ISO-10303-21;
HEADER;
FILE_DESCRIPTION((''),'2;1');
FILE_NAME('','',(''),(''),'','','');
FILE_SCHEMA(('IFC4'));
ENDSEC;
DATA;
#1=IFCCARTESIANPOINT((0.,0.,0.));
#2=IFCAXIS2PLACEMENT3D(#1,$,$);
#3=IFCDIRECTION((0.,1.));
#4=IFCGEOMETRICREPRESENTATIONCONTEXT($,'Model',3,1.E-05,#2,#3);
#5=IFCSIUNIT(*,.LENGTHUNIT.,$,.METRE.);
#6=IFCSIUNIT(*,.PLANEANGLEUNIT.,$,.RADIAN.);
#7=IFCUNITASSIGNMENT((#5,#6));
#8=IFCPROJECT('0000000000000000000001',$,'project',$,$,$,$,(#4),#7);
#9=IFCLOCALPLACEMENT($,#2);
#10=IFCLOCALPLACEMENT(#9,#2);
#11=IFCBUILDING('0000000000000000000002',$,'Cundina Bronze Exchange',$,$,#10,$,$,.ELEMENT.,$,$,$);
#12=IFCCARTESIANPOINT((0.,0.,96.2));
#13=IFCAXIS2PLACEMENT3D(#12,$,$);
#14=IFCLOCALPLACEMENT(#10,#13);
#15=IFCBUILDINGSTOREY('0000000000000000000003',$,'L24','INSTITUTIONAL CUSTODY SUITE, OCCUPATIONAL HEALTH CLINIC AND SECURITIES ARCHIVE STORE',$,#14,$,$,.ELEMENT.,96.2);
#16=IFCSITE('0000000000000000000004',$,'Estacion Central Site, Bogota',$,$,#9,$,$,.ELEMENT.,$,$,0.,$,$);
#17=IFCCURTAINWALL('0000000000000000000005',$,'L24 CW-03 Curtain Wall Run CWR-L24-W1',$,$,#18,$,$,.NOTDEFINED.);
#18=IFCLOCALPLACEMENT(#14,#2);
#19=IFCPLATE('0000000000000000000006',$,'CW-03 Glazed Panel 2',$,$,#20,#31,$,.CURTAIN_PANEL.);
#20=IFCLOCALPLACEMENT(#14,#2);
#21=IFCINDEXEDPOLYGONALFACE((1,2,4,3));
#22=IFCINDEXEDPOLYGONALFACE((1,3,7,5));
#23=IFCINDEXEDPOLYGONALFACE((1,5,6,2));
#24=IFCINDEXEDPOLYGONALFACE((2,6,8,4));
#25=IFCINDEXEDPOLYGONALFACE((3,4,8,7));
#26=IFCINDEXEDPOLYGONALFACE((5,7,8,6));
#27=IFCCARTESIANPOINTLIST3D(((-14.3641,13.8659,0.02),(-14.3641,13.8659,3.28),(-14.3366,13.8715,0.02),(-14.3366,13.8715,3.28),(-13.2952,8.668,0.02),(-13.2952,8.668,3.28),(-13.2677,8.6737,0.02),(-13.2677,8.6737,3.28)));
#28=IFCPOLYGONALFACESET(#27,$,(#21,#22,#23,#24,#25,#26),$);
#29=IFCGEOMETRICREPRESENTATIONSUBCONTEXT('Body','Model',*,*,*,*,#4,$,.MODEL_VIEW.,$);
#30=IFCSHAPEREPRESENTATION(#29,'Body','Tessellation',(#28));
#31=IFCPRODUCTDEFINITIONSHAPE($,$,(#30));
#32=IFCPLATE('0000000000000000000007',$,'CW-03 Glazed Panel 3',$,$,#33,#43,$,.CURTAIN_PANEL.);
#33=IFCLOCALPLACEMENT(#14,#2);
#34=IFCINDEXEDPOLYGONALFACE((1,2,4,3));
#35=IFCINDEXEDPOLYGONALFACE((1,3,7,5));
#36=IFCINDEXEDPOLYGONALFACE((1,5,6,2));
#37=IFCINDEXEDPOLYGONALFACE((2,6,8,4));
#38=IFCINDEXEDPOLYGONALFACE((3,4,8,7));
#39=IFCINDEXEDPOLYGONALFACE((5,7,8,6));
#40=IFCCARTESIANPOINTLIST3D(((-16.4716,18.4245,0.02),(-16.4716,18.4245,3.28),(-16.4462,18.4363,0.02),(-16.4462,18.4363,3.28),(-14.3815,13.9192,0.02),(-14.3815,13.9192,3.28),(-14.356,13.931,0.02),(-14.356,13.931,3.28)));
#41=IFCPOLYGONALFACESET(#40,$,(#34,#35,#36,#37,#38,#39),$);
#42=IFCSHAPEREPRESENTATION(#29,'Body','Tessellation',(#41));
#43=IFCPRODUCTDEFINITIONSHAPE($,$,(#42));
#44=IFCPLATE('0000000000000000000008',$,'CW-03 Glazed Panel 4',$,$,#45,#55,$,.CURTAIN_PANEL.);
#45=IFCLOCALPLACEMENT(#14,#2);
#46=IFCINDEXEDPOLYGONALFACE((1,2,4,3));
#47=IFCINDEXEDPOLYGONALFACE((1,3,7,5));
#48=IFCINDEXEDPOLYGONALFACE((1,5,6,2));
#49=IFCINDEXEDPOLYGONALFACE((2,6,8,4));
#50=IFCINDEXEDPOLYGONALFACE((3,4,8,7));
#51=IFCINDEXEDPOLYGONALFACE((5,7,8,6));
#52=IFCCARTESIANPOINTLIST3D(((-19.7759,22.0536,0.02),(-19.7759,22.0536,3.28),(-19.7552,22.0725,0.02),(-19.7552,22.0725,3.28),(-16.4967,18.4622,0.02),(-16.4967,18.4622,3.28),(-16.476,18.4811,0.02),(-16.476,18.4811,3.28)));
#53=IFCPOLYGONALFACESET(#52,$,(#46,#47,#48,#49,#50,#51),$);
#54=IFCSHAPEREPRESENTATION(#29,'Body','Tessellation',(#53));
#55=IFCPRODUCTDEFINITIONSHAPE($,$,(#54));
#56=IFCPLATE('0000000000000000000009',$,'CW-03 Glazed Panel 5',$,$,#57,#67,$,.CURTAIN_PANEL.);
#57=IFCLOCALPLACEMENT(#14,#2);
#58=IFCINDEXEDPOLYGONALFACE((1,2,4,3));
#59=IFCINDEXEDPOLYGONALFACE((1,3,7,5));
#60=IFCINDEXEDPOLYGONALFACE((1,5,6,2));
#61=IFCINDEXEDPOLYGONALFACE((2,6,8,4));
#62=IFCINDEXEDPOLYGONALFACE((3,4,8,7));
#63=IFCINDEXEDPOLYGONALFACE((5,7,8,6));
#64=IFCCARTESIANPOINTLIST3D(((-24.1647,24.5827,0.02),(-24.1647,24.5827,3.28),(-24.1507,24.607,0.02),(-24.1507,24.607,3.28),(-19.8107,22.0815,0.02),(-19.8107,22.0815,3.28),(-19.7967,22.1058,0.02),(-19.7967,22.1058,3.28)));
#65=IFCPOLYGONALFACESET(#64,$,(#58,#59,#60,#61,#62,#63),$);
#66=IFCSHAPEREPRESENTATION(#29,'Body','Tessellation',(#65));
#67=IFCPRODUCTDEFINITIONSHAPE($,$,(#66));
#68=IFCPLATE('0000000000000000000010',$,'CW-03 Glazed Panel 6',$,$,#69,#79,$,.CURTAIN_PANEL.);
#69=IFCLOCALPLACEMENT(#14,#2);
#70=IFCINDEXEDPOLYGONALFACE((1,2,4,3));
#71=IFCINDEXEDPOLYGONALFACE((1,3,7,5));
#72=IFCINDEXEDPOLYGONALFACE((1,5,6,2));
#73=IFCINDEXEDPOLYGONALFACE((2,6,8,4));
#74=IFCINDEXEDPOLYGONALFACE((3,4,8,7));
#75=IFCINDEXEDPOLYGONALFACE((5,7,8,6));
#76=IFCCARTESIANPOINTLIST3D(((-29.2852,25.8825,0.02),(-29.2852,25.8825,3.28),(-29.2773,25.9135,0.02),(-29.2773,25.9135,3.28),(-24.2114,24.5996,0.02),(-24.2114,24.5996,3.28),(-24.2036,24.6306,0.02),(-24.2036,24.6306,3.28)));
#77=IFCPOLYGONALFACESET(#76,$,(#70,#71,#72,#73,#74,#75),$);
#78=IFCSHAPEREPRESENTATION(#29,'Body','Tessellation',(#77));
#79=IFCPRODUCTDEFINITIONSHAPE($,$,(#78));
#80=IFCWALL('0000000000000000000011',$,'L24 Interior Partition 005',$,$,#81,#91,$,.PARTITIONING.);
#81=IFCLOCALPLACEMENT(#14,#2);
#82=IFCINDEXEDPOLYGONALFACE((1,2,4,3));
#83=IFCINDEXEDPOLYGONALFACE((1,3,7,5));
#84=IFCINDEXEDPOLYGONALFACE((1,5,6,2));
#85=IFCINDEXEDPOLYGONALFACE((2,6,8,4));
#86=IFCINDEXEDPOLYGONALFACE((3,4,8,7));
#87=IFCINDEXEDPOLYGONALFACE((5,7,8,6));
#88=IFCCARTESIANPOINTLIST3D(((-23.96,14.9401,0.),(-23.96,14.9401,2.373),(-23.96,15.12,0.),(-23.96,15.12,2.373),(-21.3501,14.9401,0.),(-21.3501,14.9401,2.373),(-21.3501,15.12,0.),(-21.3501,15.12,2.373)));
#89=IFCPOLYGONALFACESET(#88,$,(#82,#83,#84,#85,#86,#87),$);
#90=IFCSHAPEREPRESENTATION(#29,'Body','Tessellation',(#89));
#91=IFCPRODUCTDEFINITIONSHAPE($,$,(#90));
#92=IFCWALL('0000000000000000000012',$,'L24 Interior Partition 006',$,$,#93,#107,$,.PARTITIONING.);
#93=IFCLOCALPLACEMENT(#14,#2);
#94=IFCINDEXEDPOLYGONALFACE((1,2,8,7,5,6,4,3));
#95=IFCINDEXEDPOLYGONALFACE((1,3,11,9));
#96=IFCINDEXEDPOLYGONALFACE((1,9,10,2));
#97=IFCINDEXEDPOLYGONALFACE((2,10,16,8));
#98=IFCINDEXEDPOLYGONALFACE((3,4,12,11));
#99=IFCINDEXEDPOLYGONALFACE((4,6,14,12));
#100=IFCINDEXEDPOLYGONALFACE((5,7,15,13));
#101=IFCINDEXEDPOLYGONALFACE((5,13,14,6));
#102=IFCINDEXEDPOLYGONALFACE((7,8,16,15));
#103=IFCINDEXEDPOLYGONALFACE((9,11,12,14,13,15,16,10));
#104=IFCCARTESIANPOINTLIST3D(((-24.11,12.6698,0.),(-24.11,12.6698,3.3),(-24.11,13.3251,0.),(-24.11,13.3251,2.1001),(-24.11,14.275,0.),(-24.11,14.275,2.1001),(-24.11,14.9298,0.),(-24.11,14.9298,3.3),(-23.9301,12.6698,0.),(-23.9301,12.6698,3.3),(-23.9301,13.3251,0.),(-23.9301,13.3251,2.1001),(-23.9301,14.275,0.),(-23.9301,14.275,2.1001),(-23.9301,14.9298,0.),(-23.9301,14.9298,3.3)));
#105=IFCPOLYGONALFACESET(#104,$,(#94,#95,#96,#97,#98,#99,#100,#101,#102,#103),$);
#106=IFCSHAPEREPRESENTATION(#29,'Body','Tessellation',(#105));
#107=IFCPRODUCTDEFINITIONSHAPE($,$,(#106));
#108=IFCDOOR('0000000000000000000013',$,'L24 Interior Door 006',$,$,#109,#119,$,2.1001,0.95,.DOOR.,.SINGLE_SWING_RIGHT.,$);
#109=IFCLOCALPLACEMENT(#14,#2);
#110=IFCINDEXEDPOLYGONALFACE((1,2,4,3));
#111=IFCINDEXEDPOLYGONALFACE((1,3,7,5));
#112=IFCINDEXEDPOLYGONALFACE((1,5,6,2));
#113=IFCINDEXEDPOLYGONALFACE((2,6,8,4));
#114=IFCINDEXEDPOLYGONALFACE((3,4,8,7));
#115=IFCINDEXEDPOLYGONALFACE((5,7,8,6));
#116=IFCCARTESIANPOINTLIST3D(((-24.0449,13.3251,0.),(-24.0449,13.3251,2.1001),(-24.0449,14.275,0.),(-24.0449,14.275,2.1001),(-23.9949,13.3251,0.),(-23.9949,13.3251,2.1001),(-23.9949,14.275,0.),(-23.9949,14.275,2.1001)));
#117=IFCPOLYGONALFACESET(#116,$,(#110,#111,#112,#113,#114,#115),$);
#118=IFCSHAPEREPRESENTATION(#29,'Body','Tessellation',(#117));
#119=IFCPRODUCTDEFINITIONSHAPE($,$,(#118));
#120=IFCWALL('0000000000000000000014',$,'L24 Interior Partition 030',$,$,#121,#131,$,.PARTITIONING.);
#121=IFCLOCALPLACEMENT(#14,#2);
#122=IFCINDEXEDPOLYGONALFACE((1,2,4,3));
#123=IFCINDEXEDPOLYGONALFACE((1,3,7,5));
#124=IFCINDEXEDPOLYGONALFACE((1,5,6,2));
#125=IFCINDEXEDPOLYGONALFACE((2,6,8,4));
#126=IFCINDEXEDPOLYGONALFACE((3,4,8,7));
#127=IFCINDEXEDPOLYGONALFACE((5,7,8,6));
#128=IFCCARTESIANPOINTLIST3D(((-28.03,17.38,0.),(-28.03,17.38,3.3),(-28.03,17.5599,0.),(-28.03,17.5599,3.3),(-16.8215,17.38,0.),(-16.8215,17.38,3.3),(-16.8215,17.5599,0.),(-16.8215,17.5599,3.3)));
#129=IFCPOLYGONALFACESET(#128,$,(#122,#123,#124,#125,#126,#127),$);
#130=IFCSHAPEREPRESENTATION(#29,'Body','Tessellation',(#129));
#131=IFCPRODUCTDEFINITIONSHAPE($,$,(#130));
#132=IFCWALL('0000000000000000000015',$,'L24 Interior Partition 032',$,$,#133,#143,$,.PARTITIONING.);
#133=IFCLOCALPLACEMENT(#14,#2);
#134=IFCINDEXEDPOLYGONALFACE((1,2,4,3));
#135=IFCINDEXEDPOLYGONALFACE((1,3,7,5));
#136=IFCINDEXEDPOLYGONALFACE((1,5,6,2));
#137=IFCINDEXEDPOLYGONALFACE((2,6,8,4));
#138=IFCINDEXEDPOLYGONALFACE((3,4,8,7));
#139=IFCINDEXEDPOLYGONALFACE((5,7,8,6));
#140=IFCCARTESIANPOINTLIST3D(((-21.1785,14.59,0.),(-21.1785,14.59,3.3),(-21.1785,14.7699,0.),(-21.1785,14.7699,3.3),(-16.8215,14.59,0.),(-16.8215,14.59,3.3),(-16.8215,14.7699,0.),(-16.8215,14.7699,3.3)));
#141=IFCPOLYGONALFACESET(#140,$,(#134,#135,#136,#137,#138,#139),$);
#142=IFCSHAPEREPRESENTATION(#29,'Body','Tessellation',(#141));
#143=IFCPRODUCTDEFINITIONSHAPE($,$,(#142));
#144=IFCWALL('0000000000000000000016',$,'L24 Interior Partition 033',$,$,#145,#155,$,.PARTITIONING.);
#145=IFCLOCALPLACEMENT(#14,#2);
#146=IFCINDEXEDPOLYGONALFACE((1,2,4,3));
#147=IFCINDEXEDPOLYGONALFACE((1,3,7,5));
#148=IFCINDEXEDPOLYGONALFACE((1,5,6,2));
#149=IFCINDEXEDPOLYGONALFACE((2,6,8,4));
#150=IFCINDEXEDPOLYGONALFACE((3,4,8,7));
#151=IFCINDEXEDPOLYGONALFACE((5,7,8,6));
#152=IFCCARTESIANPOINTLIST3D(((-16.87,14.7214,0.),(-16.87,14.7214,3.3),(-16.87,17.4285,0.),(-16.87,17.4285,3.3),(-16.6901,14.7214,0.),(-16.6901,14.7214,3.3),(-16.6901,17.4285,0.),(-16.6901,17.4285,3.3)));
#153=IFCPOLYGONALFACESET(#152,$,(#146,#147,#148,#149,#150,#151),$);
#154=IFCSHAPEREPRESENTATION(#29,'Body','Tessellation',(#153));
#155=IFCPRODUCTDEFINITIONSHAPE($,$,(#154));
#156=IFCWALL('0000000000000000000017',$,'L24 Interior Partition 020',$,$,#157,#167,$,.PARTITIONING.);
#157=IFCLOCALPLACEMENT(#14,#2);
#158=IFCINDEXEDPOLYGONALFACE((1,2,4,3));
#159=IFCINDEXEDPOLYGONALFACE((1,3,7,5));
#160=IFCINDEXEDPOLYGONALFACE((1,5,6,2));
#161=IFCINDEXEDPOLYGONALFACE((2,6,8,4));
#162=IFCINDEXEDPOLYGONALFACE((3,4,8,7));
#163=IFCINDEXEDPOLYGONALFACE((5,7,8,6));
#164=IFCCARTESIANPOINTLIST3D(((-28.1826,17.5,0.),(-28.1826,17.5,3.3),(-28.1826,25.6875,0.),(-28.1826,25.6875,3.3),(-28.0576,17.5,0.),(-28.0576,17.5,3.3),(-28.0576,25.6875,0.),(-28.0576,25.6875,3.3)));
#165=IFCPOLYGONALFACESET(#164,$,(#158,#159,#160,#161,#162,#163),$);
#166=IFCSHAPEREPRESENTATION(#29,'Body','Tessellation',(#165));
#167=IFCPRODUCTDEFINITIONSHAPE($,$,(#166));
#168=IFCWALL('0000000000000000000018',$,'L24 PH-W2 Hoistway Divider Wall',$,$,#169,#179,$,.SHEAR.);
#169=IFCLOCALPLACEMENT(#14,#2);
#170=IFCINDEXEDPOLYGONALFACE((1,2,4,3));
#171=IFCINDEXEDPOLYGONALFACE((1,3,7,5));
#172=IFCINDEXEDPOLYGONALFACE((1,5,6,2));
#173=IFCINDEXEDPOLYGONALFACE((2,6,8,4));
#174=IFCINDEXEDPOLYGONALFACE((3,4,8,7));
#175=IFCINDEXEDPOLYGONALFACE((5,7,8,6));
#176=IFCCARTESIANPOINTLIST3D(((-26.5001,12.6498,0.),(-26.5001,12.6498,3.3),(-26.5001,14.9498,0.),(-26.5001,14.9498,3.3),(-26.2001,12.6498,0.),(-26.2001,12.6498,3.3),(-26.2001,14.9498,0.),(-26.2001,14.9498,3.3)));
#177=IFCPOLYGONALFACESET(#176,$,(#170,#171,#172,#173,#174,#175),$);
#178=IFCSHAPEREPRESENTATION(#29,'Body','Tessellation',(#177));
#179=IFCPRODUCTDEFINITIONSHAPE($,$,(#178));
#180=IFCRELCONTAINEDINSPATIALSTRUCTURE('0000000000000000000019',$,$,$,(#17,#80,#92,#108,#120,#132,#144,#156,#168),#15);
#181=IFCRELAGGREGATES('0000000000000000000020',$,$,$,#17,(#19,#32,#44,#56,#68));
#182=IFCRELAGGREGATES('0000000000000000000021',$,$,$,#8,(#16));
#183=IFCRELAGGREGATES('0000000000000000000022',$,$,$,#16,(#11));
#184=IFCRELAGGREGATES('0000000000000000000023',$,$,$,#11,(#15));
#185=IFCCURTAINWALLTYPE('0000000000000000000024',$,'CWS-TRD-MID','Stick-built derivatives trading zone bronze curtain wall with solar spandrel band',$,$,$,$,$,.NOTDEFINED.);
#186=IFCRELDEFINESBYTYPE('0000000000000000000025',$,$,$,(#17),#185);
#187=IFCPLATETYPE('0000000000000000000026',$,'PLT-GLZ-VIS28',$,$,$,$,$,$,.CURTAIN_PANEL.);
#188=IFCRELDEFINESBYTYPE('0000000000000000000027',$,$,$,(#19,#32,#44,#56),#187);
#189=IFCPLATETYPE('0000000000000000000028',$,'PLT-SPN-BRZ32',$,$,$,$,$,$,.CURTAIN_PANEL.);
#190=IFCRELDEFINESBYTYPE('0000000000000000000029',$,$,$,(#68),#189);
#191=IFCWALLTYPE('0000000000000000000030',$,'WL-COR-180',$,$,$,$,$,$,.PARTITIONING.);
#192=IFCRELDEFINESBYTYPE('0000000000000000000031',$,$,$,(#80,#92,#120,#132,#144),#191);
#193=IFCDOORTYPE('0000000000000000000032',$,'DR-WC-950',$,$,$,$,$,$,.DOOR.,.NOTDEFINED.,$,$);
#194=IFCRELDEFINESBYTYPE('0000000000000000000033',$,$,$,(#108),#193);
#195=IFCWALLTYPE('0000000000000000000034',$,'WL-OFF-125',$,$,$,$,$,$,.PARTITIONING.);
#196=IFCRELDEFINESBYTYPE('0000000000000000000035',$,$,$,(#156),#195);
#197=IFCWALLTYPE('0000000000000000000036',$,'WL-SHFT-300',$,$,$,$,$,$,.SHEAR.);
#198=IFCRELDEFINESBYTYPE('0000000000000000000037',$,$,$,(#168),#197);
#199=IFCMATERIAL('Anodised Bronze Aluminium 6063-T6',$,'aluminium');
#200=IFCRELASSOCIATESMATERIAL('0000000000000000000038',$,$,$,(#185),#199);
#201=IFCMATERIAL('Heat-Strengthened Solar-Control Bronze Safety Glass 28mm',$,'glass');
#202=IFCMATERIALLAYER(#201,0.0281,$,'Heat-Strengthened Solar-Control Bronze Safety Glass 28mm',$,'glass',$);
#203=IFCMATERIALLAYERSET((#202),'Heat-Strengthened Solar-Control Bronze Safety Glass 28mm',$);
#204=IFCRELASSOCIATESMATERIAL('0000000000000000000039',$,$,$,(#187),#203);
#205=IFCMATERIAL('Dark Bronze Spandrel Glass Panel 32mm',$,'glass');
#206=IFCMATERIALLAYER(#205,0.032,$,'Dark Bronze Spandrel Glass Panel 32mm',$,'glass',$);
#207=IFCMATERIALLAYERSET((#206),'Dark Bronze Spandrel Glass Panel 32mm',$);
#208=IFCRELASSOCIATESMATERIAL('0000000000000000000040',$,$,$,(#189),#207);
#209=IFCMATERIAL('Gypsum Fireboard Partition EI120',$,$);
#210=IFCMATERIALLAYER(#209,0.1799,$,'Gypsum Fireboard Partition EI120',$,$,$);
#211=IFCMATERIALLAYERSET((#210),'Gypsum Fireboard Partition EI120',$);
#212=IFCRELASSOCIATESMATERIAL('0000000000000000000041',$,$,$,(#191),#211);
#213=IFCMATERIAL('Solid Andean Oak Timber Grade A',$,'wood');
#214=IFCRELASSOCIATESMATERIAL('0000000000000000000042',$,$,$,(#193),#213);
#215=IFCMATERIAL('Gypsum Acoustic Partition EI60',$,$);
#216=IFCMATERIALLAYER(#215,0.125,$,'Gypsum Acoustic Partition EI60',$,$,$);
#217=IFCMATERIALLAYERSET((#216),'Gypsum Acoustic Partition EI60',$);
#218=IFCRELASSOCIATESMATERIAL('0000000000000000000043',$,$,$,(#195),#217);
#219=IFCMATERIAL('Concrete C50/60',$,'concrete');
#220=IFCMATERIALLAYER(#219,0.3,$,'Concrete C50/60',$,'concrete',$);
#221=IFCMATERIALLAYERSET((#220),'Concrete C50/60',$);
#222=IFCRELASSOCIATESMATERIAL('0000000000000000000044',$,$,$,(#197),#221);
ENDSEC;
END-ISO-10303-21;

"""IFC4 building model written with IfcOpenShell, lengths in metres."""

from ifc_helpers import new_model, si_unit, direction, frame, frame_2d, origin, origin_2d, place, context, subcontext, project, spatial, rectangle, extrude, material, layer, layer_set, type_object, element, fill, aggregate, save


model = new_model("IFC4")

# Units and contexts
model_context = context("Model", 3, precision=1e-05, world=origin(), true_north=direction((0.0, 1.0)))
body_context = subcontext(model_context, "Body", "Model", "MODEL_VIEW")
ifc_project = project(units=[si_unit("LENGTHUNIT", "METRE"), si_unit("PLANEANGLEUNIT", "RADIAN")], contexts=[model_context])

# Site, building, storey
site_placement = place(None, origin())
site = spatial("IfcSite", under=ifc_project, at=site_placement, Name="Estacion Central Site, Bogota", CompositionType="ELEMENT", RefElevation=0.0)
building_placement = place(site_placement, origin())
building = spatial("IfcBuilding", under=site, at=building_placement, Name="Cundina Bronze Exchange", CompositionType="ELEMENT")
storey_placement = place(building_placement, frame((0.0, 0.0, 96.2)))
storey = spatial("IfcBuildingStorey", under=building, at=storey_placement, Name="L24", Description="INSTITUTIONAL CUSTODY SUITE, OCCUPATIONAL HEALTH CLINIC AND SECURITIES ARCHIVE STORE", CompositionType="ELEMENT", Elevation=96.2)

# Curtain wall, plates
ifc_material_1 = material(Name="Anodised Bronze Aluminium 6063-T6", Category="aluminium")
curtain_wall_type = type_object("IfcCurtainWallType", Name="CWS-TRD-MID", Description="Stick-built derivatives trading zone bronze curtain wall with solar spandrel band", PredefinedType="NOTDEFINED", material=ifc_material_1)
curtain_wall_placement = place(storey_placement, origin())
curtain_wall = element("IfcCurtainWall", 1, at=curtain_wall_placement, inside=storey, type_object=curtain_wall_type, Name="L24 CW-03 Curtain Wall Run CWR-L24-W1", PredefinedType="NOTDEFINED")
ifc_material_2 = material(Name="Heat-Strengthened Solar-Control Bronze Safety Glass 28mm", Category="glass")
ifc_layer_1 = layer(ifc_material_2, 0.0281, Name="Heat-Strengthened Solar-Control Bronze Safety Glass 28mm", Category="glass")
ifc_layer_set_1 = layer_set([ifc_layer_1], Name="Heat-Strengthened Solar-Control Bronze Safety Glass 28mm")
plate_type_1 = type_object("IfcPlateType", Name="PLT-GLZ-VIS28", PredefinedType="CURTAIN_PANEL", material=ifc_layer_set_1)
plate_1_placement = place(storey_placement, frame((-13.8159, 11.2698, 0.02), z_axis=(0.0, 0.0, 1.0), x_axis=(-0.20142, 0.979505, 0.0)))
plate_1 = element("IfcPlate", 2, at=plate_1_placement, type_object=plate_type_1, Name="CW-03 Glazed Panel 2", PredefinedType="CURTAIN_PANEL", context=body_context, shape_type="SweptSolid", body=[
    extrude(rectangle(XDim=5.3066, YDim=0.0281, at=origin_2d()), origin(), (0.0, 0.0, 1.0), 3.26),
])
plate_2_placement = place(storey_placement, frame((-15.4138, 16.1777, 0.02), z_axis=(0.0, 0.0, 1.0), x_axis=(-0.420846, 0.907132, 0.0)))
plate_2 = element("IfcPlate", 3, at=plate_2_placement, type_object=plate_type_1, Name="CW-03 Glazed Panel 3", PredefinedType="CURTAIN_PANEL", context=body_context, shape_type="SweptSolid", body=[
    extrude(rectangle(XDim=4.9666, YDim=0.0281, at=origin_2d()), origin(), (0.0, 0.0, 1.0), 3.26),
])
plate_3_placement = place(storey_placement, frame((-18.126, 20.2673, 0.02), z_axis=(0.0, 0.0, 1.0), x_axis=(-0.674277, 0.738479, 0.0)))
plate_3 = element("IfcPlate", 4, at=plate_3_placement, type_object=plate_type_1, Name="CW-03 Glazed Panel 4", PredefinedType="CURTAIN_PANEL", context=body_context, shape_type="SweptSolid", body=[
    extrude(rectangle(XDim=4.8633, YDim=0.0281, at=origin_2d()), origin(), (0.0, 0.0, 1.0), 3.26),
])
plate_4_placement = place(storey_placement, frame((-21.9807, 23.3442, 0.02), z_axis=(0.0, 0.0, 1.0), x_axis=(-0.867105, 0.498125, 0.0)))
plate_4 = element("IfcPlate", 5, at=plate_4_placement, type_object=plate_type_1, Name="CW-03 Glazed Panel 5", PredefinedType="CURTAIN_PANEL", context=body_context, shape_type="SweptSolid", body=[
    extrude(rectangle(XDim=5.0212, YDim=0.0281, at=origin_2d()), origin(), (0.0, 0.0, 1.0), 3.26),
])
ifc_material_3 = material(Name="Dark Bronze Spandrel Glass Panel 32mm", Category="glass")
ifc_layer_2 = layer(ifc_material_3, 0.032, Name="Dark Bronze Spandrel Glass Panel 32mm", Category="glass")
ifc_layer_set_2 = layer_set([ifc_layer_2], Name="Dark Bronze Spandrel Glass Panel 32mm")
plate_type_2 = type_object("IfcPlateType", Name="PLT-SPN-BRZ32", PredefinedType="CURTAIN_PANEL", material=ifc_layer_set_2)
plate_5_placement = place(storey_placement, frame((-26.7444, 25.2566, 0.02), z_axis=(0.0, 0.0, 1.0), x_axis=(-0.969488, 0.245138, 0.0)))
plate_5 = element("IfcPlate", 6, at=plate_5_placement, type_object=plate_type_2, Name="CW-03 Glazed Panel 6", PredefinedType="CURTAIN_PANEL", context=body_context, shape_type="SweptSolid", body=[
    extrude(rectangle(XDim=5.2334, YDim=0.032, at=origin_2d()), origin(), (0.0, 0.0, 1.0), 3.26),
])
aggregate(curtain_wall, [plate_1, plate_2, plate_3, plate_4, plate_5])

# Wall
ifc_material_4 = material(Name="Gypsum Fireboard Partition EI120")
ifc_layer_3 = layer(ifc_material_4, 0.1799, Name="Gypsum Fireboard Partition EI120")
ifc_layer_set_3 = layer_set([ifc_layer_3], Name="Gypsum Fireboard Partition EI120")
wall_type_1 = type_object("IfcWallType", Name="WL-COR-180", PredefinedType="PARTITIONING", material=ifc_layer_set_3)
wall_1_placement = place(storey_placement, frame((-23.96, 15.03, 0.0), z_axis=(0.0, 0.0, 1.0), x_axis=(1.0, 0.0, 0.0)))
element("IfcWall", 7, at=wall_1_placement, inside=storey, type_object=wall_type_1, Name="L24 Interior Partition 005", PredefinedType="PARTITIONING", context=body_context, shape_type="SweptSolid", body=[
    extrude(rectangle(XDim=2.6099, YDim=0.1799, at=frame_2d((1.3049, 0.0))), origin(), (0.0, 0.0, 1.0), 2.373),
])

# Wall, opening, door
wall_2_placement = place(storey_placement, frame((-24.02, 12.6699, 0.0), z_axis=(0.0, 0.0, 1.0), x_axis=(0.0, 1.0, 0.0)))
wall_2 = element("IfcWall", 8, at=wall_2_placement, inside=storey, type_object=wall_type_1, Name="L24 Interior Partition 006", PredefinedType="PARTITIONING", context=body_context, shape_type="SweptSolid", body=[
    extrude(rectangle(XDim=2.26, YDim=0.1799, at=frame_2d((1.1299, 0.0))), origin(), (0.0, 0.0, 1.0), 3.3),
])
opening_1_placement = place(wall_2_placement, frame((0.655, 0.0, 0.0)))
opening_1 = element("IfcOpeningElement", 9, at=opening_1_placement, cuts=wall_2, PredefinedType="OPENING", context=body_context, shape_type="SweptSolid", body=[
    extrude(rectangle(XDim=0.95, YDim=2.1001, at=frame_2d((0.4751, 1.05))), frame((0.0, 0.0999, 0.0), z_axis=(0.0, -1.0, 0.0), x_axis=(1.0, 0.0, 0.0)), (0.0, 0.0, 1.0), 0.2),
])
ifc_material_5 = material(Name="Solid Andean Oak Timber Grade A", Category="wood")
door_type_1 = type_object("IfcDoorType", Name="DR-WC-950", OperationType="NOTDEFINED", PredefinedType="DOOR", material=ifc_material_5)
door_1_placement = place(opening_1_placement, origin())
door_1 = element("IfcDoor", 10, at=door_1_placement, inside=storey, type_object=door_type_1, Name="L24 Interior Door 006", OperationType="SINGLE_SWING_RIGHT", OverallHeight=2.1001, OverallWidth=0.95, PredefinedType="DOOR", context=body_context, shape_type="SweptSolid", body=[
    extrude(rectangle(XDim=0.95, YDim=2.1001, at=frame_2d((0.4751, 1.05))), frame((0.0, 0.0249, 0.0), z_axis=(0.0, -1.0, 0.0), x_axis=(1.0, 0.0, 0.0)), (0.0, 0.0, 1.0), 0.05),
])
fill(opening_1, door_1)

# Walls
wall_3_placement = place(storey_placement, frame((-16.8215, 17.47, 0.0), z_axis=(0.0, 0.0, 1.0), x_axis=(-1.0, 0.0, 0.0)))
element("IfcWall", 11, at=wall_3_placement, inside=storey, type_object=wall_type_1, Name="L24 Interior Partition 030", PredefinedType="PARTITIONING", context=body_context, shape_type="SweptSolid", body=[
    extrude(rectangle(XDim=11.2085, YDim=0.1799, at=frame_2d((5.6042, 0.0))), origin(), (0.0, 0.0, 1.0), 3.3),
])
wall_4_placement = place(storey_placement, frame((-21.1785, 14.6799, 0.0), z_axis=(0.0, 0.0, 1.0), x_axis=(1.0, 0.0, 0.0)))
element("IfcWall", 12, at=wall_4_placement, inside=storey, type_object=wall_type_1, Name="L24 Interior Partition 032", PredefinedType="PARTITIONING", context=body_context, shape_type="SweptSolid", body=[
    extrude(rectangle(XDim=4.3569, YDim=0.1799, at=frame_2d((2.1785, 0.0))), origin(), (0.0, 0.0, 1.0), 3.3),
])
wall_5_placement = place(storey_placement, frame((-16.78, 14.7214, 0.0), z_axis=(0.0, 0.0, 1.0), x_axis=(0.0, 1.0, 0.0)))
element("IfcWall", 13, at=wall_5_placement, inside=storey, type_object=wall_type_1, Name="L24 Interior Partition 033", PredefinedType="PARTITIONING", context=body_context, shape_type="SweptSolid", body=[
    extrude(rectangle(XDim=2.707, YDim=0.1799, at=frame_2d((1.3535, 0.0))), origin(), (0.0, 0.0, 1.0), 3.3),
])
ifc_material_6 = material(Name="Gypsum Acoustic Partition EI60")
ifc_layer_4 = layer(ifc_material_6, 0.125, Name="Gypsum Acoustic Partition EI60")
ifc_layer_set_4 = layer_set([ifc_layer_4], Name="Gypsum Acoustic Partition EI60")
wall_type_2 = type_object("IfcWallType", Name="WL-OFF-125", PredefinedType="PARTITIONING", material=ifc_layer_set_4)
wall_6_placement = place(storey_placement, frame((-28.1201, 17.5, 0.0), z_axis=(0.0, 0.0, 1.0), x_axis=(0.0, 1.0, 0.0)))
element("IfcWall", 14, at=wall_6_placement, inside=storey, type_object=wall_type_2, Name="L24 Interior Partition 020", PredefinedType="PARTITIONING", context=body_context, shape_type="SweptSolid", body=[
    extrude(rectangle(XDim=8.1875, YDim=0.125, at=frame_2d((4.0938, 0.0))), origin(), (0.0, 0.0, 1.0), 3.3),
])

# Shared definitions
ifc_material_7 = material(Name="Concrete C50/60", Category="concrete")
ifc_layer_5 = layer(ifc_material_7, 0.3, Name="Concrete C50/60", Category="concrete")
ifc_layer_set_5 = layer_set([ifc_layer_5], Name="Concrete C50/60")
wall_type_3 = type_object("IfcWallType", Name="WL-SHFT-300", PredefinedType="SHEAR", material=ifc_layer_set_5)

# Wall
wall_7_placement = place(storey_placement, frame((-26.3501, 12.6499, 0.0), z_axis=(0.0, 0.0, 1.0), x_axis=(0.0, 1.0, 0.0)))
element("IfcWall", 15, at=wall_7_placement, inside=storey, type_object=wall_type_3, Name="L24 PH-W2 Hoistway Divider Wall", PredefinedType="SHEAR", context=body_context, shape_type="SweptSolid", body=[
    extrude(rectangle(XDim=2.3, YDim=0.3, at=frame_2d((1.1499, 0.0))), origin(), (0.0, 0.0, 1.0), 3.3),
])

save(model, "model.ifc")
